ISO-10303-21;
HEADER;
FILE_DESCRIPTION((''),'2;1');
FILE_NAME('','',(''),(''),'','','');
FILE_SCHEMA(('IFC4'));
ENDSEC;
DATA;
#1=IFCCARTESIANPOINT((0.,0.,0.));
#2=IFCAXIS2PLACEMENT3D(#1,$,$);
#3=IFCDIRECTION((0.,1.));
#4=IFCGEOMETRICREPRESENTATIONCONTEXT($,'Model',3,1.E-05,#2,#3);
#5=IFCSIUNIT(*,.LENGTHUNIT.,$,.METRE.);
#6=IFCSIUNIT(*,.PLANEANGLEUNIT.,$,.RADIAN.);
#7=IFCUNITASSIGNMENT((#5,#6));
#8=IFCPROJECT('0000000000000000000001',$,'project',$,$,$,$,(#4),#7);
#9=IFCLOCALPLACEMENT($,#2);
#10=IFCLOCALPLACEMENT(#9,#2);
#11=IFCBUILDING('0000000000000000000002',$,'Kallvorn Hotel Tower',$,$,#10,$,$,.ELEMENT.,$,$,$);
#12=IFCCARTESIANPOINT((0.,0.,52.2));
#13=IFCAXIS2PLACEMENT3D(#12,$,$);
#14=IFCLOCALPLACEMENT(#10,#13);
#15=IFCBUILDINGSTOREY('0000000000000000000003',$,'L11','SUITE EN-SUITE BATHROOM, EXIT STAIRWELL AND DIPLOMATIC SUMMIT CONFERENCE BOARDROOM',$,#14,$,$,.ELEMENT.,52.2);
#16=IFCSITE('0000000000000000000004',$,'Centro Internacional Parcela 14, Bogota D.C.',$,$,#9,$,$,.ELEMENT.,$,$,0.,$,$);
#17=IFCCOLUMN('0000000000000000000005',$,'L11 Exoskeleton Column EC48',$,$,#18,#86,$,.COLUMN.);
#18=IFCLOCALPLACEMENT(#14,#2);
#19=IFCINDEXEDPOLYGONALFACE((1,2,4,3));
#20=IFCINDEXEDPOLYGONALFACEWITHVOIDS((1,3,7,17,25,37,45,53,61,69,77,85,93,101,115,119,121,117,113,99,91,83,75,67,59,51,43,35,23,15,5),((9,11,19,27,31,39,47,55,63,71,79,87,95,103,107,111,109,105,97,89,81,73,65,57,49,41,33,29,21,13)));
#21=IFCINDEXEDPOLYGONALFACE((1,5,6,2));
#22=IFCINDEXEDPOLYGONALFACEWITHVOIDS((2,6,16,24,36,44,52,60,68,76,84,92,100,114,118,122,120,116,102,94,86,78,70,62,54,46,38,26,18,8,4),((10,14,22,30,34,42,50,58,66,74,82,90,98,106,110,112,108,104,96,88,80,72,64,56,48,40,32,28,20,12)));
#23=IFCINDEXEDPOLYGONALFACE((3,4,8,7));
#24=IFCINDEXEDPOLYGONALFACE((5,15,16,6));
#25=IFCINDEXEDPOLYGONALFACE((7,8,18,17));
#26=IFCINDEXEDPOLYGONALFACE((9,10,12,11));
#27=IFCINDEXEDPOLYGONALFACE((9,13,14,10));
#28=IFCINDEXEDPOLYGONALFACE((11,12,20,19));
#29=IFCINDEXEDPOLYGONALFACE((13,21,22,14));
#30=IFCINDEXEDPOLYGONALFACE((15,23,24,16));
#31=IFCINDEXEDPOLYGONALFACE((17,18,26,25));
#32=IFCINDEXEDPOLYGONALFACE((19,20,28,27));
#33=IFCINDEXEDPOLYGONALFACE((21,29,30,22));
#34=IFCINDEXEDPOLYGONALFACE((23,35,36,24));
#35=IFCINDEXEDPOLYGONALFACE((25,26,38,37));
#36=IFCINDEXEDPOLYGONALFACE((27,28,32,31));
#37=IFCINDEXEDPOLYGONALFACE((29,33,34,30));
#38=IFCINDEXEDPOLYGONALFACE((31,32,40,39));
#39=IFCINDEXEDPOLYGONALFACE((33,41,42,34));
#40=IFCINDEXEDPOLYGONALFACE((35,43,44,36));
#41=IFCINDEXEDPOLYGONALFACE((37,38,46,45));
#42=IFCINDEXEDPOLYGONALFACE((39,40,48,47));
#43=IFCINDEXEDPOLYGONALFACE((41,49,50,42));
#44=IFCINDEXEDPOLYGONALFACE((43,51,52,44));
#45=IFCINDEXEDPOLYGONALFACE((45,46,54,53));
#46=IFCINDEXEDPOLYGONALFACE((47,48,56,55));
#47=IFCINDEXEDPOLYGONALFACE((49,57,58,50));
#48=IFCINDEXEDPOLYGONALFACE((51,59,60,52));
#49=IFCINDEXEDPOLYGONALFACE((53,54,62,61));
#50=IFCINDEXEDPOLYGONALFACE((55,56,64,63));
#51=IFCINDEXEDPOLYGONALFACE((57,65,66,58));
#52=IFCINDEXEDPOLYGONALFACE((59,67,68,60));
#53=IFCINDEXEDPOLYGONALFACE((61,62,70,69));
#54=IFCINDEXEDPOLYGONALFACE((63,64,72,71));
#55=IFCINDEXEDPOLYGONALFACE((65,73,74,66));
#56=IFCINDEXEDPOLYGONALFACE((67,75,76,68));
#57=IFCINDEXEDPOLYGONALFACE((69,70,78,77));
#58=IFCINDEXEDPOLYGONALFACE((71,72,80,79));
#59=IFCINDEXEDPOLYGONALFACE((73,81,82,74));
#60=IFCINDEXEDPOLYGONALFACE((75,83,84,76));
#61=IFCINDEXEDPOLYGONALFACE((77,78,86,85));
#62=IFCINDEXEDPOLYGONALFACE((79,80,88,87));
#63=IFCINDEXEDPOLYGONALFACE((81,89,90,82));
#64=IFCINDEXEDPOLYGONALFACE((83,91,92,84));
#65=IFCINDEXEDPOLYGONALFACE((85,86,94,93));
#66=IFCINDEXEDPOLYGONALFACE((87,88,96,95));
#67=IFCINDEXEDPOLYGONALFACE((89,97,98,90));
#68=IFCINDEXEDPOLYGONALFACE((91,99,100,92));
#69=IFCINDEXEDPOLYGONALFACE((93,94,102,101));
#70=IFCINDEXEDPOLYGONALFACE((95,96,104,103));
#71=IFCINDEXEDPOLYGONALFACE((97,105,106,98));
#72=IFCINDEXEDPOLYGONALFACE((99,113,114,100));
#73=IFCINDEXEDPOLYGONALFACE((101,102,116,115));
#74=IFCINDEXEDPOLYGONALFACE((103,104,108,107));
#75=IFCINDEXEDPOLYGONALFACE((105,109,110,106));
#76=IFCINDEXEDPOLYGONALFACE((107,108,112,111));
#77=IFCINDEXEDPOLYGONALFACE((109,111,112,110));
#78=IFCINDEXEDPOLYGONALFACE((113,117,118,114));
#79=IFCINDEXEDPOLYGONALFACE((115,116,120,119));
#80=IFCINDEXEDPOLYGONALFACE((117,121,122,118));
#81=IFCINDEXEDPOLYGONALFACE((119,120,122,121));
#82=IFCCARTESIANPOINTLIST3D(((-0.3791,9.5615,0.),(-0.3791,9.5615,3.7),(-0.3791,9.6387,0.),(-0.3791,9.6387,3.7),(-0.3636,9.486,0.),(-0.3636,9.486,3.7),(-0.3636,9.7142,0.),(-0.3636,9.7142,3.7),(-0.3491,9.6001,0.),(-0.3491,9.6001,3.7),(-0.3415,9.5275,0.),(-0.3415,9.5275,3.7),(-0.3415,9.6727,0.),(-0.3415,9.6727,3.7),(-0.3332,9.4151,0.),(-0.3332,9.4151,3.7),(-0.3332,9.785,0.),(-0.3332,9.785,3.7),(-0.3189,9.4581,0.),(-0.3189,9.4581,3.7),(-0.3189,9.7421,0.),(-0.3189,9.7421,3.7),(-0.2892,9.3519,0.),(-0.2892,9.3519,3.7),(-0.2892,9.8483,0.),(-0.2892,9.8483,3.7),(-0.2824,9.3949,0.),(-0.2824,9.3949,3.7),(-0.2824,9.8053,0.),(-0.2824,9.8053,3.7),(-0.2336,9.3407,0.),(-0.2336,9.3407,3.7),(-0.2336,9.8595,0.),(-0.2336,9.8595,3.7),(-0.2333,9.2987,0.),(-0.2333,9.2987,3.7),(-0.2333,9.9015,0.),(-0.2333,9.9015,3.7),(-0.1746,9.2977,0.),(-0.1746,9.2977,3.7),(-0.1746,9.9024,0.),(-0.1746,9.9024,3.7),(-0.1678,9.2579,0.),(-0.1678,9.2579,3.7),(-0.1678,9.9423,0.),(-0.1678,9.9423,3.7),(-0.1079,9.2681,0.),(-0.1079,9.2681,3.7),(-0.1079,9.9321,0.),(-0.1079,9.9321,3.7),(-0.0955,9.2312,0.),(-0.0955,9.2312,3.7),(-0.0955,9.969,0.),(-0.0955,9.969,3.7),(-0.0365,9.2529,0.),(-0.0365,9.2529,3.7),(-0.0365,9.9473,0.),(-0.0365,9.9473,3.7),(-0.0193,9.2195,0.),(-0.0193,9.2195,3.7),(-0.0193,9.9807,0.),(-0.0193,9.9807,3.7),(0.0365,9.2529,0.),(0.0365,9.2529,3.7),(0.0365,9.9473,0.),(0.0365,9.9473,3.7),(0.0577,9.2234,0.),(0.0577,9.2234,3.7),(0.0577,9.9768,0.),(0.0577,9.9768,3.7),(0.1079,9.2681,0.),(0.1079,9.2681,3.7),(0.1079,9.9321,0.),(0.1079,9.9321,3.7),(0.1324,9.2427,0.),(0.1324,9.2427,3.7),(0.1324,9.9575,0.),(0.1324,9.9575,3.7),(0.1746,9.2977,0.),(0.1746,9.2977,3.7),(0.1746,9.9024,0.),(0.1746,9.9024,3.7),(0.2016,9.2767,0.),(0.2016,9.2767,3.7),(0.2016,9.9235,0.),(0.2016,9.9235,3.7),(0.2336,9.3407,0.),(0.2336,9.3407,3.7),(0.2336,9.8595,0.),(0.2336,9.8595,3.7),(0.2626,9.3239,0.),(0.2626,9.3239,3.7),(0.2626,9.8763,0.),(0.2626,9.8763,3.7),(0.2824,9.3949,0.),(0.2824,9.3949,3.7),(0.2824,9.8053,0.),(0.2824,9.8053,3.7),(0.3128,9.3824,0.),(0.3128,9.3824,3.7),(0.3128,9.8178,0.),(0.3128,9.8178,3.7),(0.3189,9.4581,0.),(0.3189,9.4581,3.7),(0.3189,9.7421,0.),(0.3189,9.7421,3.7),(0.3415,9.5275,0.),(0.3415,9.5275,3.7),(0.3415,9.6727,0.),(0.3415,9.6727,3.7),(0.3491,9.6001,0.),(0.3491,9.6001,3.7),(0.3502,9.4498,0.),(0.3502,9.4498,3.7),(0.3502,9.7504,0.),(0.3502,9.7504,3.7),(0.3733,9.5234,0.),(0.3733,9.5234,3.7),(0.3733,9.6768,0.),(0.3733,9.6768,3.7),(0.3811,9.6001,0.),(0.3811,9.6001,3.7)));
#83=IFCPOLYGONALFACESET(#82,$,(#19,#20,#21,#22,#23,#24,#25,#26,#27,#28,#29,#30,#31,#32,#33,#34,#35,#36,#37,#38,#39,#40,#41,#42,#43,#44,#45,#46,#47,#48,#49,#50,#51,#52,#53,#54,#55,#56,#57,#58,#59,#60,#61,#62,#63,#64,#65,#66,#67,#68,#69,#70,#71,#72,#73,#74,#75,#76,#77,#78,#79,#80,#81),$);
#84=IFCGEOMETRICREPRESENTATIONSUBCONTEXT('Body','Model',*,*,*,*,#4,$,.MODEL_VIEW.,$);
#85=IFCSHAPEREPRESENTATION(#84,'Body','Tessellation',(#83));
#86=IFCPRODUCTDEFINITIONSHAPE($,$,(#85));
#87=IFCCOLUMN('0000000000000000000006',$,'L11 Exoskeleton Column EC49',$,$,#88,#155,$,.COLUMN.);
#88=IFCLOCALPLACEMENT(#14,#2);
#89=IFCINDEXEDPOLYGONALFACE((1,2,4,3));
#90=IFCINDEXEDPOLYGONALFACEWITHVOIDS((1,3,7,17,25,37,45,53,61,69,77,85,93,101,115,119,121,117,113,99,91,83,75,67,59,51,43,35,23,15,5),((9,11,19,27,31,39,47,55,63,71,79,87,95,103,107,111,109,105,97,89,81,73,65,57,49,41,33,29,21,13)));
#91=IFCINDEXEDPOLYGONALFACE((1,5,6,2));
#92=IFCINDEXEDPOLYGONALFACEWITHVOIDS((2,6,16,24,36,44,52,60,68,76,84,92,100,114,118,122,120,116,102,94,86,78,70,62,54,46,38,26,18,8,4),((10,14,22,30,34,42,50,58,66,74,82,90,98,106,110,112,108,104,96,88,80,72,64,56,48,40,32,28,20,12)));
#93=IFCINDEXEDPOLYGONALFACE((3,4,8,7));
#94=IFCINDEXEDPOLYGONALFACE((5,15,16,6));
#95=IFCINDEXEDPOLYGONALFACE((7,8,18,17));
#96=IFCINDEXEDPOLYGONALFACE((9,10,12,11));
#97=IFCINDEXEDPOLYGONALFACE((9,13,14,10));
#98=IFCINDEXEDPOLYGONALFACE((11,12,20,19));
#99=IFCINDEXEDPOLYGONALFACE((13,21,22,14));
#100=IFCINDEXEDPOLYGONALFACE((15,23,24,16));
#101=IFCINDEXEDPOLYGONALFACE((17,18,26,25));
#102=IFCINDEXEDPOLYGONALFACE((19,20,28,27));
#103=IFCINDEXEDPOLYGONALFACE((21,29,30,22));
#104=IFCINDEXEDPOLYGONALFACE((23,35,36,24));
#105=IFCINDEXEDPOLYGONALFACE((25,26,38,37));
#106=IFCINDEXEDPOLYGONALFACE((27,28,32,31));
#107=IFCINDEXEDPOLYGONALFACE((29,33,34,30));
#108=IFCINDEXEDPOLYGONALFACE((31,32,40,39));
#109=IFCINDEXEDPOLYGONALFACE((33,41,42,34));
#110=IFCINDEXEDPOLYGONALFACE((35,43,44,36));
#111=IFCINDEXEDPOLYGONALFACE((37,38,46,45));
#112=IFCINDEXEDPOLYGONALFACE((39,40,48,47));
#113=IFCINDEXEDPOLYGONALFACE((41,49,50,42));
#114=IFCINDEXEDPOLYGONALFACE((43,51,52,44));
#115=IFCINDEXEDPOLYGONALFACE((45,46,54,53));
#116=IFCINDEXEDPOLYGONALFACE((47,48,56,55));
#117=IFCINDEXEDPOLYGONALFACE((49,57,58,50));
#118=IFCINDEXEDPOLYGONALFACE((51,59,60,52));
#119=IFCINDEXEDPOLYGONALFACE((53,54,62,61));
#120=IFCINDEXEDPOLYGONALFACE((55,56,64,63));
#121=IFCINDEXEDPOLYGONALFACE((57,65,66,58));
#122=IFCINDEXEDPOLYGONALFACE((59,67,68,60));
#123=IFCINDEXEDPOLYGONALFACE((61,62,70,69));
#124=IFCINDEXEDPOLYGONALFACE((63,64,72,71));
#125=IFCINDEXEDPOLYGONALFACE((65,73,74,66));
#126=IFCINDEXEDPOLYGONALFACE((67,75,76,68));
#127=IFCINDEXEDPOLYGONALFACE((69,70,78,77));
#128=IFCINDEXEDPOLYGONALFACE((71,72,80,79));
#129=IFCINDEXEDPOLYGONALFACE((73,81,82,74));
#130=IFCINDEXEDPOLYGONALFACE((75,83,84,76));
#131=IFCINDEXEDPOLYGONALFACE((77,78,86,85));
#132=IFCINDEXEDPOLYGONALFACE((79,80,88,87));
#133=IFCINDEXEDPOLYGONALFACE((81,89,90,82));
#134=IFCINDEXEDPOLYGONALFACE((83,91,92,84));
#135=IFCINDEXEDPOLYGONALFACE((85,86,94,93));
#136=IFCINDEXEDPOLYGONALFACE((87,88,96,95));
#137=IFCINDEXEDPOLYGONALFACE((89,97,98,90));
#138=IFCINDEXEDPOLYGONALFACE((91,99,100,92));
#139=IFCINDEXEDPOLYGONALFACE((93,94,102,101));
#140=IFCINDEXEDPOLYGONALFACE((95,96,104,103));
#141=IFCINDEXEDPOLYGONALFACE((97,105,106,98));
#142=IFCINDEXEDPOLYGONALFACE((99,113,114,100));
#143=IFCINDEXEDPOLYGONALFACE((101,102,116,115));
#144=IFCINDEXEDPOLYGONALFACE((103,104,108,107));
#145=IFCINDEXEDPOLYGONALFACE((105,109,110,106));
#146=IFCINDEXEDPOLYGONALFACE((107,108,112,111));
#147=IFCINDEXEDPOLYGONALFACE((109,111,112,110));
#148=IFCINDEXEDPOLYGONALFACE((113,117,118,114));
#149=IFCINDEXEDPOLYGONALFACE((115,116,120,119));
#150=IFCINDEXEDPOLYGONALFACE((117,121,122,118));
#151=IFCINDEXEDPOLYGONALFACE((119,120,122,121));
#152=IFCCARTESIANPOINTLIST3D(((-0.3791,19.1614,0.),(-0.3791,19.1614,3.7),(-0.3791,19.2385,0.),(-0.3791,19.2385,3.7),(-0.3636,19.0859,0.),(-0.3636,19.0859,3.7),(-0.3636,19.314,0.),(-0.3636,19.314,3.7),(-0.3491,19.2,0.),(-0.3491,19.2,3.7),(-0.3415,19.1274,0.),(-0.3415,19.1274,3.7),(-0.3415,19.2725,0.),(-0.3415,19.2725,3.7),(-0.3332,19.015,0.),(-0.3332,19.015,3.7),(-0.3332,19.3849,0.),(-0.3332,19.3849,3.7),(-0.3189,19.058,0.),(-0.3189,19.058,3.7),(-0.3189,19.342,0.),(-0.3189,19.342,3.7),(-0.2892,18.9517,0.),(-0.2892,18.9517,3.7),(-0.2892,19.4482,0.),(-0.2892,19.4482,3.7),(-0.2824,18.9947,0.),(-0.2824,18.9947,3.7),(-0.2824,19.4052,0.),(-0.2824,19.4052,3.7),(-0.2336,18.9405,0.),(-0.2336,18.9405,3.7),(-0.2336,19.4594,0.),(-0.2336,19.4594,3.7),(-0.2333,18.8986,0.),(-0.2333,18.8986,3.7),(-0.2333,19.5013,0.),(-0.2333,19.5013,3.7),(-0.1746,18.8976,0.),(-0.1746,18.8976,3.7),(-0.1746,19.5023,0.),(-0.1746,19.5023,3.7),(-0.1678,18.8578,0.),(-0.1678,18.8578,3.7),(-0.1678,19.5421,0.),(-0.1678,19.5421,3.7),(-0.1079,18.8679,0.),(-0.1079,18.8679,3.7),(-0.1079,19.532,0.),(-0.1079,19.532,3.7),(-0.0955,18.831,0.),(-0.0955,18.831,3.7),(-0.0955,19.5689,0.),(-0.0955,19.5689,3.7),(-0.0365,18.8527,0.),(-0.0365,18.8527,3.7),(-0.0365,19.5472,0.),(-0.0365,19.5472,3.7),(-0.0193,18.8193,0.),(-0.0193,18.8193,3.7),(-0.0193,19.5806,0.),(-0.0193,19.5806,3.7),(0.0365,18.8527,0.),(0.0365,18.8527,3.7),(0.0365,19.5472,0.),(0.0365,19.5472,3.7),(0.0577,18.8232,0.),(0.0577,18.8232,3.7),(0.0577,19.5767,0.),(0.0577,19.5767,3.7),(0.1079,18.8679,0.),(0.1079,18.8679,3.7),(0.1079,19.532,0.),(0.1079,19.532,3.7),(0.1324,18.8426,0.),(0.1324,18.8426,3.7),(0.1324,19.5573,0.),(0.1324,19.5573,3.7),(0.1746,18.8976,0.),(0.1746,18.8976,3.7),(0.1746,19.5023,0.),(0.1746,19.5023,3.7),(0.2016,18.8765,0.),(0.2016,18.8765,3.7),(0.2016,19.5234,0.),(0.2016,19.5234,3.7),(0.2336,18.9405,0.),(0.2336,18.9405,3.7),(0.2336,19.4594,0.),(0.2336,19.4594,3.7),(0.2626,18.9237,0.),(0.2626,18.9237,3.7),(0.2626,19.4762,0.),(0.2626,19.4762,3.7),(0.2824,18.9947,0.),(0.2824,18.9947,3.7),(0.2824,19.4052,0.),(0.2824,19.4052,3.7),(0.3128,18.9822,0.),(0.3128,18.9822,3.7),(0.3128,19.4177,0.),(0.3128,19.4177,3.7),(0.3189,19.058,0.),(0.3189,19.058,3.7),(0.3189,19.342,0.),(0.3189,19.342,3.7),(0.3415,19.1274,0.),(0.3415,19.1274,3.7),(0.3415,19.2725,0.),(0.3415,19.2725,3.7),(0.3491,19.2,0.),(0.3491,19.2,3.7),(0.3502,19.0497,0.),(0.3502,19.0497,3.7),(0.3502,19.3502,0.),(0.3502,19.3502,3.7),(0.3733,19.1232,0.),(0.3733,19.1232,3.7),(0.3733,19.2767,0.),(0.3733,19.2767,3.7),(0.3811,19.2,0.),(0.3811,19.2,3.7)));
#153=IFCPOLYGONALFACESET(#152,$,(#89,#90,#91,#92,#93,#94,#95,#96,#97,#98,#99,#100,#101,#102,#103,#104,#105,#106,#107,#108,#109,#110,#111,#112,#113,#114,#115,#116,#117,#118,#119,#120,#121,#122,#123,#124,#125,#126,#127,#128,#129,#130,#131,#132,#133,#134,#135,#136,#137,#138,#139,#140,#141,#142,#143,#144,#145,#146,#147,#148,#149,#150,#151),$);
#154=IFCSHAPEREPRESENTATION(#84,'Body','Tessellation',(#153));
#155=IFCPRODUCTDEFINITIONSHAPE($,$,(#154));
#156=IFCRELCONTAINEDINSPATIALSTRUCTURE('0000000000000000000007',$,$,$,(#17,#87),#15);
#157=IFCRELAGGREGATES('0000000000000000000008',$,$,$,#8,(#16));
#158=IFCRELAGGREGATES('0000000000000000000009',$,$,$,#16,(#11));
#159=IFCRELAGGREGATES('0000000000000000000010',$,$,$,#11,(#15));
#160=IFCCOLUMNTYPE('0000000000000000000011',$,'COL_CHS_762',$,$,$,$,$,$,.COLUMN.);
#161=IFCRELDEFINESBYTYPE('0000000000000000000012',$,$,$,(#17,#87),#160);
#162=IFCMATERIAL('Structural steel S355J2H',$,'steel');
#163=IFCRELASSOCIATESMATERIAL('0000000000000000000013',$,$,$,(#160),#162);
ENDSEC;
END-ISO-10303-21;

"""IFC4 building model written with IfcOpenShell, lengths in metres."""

from ifc_helpers import new_model, si_unit, direction, frame, origin, origin_2d, place, context, subcontext, project, spatial, hollow_circle, extrude, material, material_profile, profile_set, type_object, element, save


model = new_model("IFC4")

# Units and contexts
model_context = context("Model", 3, precision=1e-05, world=origin(), true_north=direction((0.0, 1.0)))
body_context = subcontext(model_context, "Body", "Model", "MODEL_VIEW")
ifc_project = project(units=[si_unit("LENGTHUNIT", "METRE"), si_unit("PLANEANGLEUNIT", "RADIAN")], contexts=[model_context])

# Site, building, storey
site_placement = place(None, origin())
site = spatial("IfcSite", under=ifc_project, at=site_placement, Name="Centro Internacional Parcela 14, Bogota D.C.", CompositionType="ELEMENT", RefElevation=0.0)
building_placement = place(site_placement, origin())
building = spatial("IfcBuilding", under=site, at=building_placement, Name="Kallvorn Hotel Tower", CompositionType="ELEMENT")
storey_placement = place(building_placement, frame((0.0, 0.0, 52.2)))
storey = spatial("IfcBuildingStorey", under=building, at=storey_placement, Name="L11", Description="SUITE EN-SUITE BATHROOM, EXIT STAIRWELL AND DIPLOMATIC SUMMIT CONFERENCE BOARDROOM", CompositionType="ELEMENT", Elevation=52.2)

# Columns
ifc_material_1 = material(Name="Structural steel S355J2H", Category="steel")
ifc_material_profile_1 = material_profile(ifc_material_1, hollow_circle(Radius=0.3811, WallThickness=0.032, at=origin_2d()), Name="CHS 762x32")
ifc_profile_set_1 = profile_set([ifc_material_profile_1], Name="Structural steel S355J2H")
column_type_1 = type_object("IfcColumnType", Name="COL_CHS_762", PredefinedType="COLUMN", material=ifc_profile_set_1)
for number, where, z_axis, x_axis, name in (
    (1, (0.0, 9.6001, 0.0), (0.0, 0.0, 1.0), (1.0, 0.0, 0.0), "L11 Exoskeleton Column EC48"),
    (2, (0.0, 19.2, 0.0), (0.0, 0.0, 1.0), (1.0, 0.0, 0.0), "L11 Exoskeleton Column EC49"),
):
    element("IfcColumn", number, at=place(storey_placement, frame(where, z_axis=z_axis, x_axis=x_axis)), inside=storey, type_object=column_type_1, Name=name, PredefinedType="COLUMN", context=body_context, shape_type="SweptSolid", body=[
        extrude(hollow_circle(Radius=0.3811, WallThickness=0.032, at=origin_2d()), origin(), (0.0, 0.0, 1.0), 3.7),
    ])

save(model, "model.ifc")
